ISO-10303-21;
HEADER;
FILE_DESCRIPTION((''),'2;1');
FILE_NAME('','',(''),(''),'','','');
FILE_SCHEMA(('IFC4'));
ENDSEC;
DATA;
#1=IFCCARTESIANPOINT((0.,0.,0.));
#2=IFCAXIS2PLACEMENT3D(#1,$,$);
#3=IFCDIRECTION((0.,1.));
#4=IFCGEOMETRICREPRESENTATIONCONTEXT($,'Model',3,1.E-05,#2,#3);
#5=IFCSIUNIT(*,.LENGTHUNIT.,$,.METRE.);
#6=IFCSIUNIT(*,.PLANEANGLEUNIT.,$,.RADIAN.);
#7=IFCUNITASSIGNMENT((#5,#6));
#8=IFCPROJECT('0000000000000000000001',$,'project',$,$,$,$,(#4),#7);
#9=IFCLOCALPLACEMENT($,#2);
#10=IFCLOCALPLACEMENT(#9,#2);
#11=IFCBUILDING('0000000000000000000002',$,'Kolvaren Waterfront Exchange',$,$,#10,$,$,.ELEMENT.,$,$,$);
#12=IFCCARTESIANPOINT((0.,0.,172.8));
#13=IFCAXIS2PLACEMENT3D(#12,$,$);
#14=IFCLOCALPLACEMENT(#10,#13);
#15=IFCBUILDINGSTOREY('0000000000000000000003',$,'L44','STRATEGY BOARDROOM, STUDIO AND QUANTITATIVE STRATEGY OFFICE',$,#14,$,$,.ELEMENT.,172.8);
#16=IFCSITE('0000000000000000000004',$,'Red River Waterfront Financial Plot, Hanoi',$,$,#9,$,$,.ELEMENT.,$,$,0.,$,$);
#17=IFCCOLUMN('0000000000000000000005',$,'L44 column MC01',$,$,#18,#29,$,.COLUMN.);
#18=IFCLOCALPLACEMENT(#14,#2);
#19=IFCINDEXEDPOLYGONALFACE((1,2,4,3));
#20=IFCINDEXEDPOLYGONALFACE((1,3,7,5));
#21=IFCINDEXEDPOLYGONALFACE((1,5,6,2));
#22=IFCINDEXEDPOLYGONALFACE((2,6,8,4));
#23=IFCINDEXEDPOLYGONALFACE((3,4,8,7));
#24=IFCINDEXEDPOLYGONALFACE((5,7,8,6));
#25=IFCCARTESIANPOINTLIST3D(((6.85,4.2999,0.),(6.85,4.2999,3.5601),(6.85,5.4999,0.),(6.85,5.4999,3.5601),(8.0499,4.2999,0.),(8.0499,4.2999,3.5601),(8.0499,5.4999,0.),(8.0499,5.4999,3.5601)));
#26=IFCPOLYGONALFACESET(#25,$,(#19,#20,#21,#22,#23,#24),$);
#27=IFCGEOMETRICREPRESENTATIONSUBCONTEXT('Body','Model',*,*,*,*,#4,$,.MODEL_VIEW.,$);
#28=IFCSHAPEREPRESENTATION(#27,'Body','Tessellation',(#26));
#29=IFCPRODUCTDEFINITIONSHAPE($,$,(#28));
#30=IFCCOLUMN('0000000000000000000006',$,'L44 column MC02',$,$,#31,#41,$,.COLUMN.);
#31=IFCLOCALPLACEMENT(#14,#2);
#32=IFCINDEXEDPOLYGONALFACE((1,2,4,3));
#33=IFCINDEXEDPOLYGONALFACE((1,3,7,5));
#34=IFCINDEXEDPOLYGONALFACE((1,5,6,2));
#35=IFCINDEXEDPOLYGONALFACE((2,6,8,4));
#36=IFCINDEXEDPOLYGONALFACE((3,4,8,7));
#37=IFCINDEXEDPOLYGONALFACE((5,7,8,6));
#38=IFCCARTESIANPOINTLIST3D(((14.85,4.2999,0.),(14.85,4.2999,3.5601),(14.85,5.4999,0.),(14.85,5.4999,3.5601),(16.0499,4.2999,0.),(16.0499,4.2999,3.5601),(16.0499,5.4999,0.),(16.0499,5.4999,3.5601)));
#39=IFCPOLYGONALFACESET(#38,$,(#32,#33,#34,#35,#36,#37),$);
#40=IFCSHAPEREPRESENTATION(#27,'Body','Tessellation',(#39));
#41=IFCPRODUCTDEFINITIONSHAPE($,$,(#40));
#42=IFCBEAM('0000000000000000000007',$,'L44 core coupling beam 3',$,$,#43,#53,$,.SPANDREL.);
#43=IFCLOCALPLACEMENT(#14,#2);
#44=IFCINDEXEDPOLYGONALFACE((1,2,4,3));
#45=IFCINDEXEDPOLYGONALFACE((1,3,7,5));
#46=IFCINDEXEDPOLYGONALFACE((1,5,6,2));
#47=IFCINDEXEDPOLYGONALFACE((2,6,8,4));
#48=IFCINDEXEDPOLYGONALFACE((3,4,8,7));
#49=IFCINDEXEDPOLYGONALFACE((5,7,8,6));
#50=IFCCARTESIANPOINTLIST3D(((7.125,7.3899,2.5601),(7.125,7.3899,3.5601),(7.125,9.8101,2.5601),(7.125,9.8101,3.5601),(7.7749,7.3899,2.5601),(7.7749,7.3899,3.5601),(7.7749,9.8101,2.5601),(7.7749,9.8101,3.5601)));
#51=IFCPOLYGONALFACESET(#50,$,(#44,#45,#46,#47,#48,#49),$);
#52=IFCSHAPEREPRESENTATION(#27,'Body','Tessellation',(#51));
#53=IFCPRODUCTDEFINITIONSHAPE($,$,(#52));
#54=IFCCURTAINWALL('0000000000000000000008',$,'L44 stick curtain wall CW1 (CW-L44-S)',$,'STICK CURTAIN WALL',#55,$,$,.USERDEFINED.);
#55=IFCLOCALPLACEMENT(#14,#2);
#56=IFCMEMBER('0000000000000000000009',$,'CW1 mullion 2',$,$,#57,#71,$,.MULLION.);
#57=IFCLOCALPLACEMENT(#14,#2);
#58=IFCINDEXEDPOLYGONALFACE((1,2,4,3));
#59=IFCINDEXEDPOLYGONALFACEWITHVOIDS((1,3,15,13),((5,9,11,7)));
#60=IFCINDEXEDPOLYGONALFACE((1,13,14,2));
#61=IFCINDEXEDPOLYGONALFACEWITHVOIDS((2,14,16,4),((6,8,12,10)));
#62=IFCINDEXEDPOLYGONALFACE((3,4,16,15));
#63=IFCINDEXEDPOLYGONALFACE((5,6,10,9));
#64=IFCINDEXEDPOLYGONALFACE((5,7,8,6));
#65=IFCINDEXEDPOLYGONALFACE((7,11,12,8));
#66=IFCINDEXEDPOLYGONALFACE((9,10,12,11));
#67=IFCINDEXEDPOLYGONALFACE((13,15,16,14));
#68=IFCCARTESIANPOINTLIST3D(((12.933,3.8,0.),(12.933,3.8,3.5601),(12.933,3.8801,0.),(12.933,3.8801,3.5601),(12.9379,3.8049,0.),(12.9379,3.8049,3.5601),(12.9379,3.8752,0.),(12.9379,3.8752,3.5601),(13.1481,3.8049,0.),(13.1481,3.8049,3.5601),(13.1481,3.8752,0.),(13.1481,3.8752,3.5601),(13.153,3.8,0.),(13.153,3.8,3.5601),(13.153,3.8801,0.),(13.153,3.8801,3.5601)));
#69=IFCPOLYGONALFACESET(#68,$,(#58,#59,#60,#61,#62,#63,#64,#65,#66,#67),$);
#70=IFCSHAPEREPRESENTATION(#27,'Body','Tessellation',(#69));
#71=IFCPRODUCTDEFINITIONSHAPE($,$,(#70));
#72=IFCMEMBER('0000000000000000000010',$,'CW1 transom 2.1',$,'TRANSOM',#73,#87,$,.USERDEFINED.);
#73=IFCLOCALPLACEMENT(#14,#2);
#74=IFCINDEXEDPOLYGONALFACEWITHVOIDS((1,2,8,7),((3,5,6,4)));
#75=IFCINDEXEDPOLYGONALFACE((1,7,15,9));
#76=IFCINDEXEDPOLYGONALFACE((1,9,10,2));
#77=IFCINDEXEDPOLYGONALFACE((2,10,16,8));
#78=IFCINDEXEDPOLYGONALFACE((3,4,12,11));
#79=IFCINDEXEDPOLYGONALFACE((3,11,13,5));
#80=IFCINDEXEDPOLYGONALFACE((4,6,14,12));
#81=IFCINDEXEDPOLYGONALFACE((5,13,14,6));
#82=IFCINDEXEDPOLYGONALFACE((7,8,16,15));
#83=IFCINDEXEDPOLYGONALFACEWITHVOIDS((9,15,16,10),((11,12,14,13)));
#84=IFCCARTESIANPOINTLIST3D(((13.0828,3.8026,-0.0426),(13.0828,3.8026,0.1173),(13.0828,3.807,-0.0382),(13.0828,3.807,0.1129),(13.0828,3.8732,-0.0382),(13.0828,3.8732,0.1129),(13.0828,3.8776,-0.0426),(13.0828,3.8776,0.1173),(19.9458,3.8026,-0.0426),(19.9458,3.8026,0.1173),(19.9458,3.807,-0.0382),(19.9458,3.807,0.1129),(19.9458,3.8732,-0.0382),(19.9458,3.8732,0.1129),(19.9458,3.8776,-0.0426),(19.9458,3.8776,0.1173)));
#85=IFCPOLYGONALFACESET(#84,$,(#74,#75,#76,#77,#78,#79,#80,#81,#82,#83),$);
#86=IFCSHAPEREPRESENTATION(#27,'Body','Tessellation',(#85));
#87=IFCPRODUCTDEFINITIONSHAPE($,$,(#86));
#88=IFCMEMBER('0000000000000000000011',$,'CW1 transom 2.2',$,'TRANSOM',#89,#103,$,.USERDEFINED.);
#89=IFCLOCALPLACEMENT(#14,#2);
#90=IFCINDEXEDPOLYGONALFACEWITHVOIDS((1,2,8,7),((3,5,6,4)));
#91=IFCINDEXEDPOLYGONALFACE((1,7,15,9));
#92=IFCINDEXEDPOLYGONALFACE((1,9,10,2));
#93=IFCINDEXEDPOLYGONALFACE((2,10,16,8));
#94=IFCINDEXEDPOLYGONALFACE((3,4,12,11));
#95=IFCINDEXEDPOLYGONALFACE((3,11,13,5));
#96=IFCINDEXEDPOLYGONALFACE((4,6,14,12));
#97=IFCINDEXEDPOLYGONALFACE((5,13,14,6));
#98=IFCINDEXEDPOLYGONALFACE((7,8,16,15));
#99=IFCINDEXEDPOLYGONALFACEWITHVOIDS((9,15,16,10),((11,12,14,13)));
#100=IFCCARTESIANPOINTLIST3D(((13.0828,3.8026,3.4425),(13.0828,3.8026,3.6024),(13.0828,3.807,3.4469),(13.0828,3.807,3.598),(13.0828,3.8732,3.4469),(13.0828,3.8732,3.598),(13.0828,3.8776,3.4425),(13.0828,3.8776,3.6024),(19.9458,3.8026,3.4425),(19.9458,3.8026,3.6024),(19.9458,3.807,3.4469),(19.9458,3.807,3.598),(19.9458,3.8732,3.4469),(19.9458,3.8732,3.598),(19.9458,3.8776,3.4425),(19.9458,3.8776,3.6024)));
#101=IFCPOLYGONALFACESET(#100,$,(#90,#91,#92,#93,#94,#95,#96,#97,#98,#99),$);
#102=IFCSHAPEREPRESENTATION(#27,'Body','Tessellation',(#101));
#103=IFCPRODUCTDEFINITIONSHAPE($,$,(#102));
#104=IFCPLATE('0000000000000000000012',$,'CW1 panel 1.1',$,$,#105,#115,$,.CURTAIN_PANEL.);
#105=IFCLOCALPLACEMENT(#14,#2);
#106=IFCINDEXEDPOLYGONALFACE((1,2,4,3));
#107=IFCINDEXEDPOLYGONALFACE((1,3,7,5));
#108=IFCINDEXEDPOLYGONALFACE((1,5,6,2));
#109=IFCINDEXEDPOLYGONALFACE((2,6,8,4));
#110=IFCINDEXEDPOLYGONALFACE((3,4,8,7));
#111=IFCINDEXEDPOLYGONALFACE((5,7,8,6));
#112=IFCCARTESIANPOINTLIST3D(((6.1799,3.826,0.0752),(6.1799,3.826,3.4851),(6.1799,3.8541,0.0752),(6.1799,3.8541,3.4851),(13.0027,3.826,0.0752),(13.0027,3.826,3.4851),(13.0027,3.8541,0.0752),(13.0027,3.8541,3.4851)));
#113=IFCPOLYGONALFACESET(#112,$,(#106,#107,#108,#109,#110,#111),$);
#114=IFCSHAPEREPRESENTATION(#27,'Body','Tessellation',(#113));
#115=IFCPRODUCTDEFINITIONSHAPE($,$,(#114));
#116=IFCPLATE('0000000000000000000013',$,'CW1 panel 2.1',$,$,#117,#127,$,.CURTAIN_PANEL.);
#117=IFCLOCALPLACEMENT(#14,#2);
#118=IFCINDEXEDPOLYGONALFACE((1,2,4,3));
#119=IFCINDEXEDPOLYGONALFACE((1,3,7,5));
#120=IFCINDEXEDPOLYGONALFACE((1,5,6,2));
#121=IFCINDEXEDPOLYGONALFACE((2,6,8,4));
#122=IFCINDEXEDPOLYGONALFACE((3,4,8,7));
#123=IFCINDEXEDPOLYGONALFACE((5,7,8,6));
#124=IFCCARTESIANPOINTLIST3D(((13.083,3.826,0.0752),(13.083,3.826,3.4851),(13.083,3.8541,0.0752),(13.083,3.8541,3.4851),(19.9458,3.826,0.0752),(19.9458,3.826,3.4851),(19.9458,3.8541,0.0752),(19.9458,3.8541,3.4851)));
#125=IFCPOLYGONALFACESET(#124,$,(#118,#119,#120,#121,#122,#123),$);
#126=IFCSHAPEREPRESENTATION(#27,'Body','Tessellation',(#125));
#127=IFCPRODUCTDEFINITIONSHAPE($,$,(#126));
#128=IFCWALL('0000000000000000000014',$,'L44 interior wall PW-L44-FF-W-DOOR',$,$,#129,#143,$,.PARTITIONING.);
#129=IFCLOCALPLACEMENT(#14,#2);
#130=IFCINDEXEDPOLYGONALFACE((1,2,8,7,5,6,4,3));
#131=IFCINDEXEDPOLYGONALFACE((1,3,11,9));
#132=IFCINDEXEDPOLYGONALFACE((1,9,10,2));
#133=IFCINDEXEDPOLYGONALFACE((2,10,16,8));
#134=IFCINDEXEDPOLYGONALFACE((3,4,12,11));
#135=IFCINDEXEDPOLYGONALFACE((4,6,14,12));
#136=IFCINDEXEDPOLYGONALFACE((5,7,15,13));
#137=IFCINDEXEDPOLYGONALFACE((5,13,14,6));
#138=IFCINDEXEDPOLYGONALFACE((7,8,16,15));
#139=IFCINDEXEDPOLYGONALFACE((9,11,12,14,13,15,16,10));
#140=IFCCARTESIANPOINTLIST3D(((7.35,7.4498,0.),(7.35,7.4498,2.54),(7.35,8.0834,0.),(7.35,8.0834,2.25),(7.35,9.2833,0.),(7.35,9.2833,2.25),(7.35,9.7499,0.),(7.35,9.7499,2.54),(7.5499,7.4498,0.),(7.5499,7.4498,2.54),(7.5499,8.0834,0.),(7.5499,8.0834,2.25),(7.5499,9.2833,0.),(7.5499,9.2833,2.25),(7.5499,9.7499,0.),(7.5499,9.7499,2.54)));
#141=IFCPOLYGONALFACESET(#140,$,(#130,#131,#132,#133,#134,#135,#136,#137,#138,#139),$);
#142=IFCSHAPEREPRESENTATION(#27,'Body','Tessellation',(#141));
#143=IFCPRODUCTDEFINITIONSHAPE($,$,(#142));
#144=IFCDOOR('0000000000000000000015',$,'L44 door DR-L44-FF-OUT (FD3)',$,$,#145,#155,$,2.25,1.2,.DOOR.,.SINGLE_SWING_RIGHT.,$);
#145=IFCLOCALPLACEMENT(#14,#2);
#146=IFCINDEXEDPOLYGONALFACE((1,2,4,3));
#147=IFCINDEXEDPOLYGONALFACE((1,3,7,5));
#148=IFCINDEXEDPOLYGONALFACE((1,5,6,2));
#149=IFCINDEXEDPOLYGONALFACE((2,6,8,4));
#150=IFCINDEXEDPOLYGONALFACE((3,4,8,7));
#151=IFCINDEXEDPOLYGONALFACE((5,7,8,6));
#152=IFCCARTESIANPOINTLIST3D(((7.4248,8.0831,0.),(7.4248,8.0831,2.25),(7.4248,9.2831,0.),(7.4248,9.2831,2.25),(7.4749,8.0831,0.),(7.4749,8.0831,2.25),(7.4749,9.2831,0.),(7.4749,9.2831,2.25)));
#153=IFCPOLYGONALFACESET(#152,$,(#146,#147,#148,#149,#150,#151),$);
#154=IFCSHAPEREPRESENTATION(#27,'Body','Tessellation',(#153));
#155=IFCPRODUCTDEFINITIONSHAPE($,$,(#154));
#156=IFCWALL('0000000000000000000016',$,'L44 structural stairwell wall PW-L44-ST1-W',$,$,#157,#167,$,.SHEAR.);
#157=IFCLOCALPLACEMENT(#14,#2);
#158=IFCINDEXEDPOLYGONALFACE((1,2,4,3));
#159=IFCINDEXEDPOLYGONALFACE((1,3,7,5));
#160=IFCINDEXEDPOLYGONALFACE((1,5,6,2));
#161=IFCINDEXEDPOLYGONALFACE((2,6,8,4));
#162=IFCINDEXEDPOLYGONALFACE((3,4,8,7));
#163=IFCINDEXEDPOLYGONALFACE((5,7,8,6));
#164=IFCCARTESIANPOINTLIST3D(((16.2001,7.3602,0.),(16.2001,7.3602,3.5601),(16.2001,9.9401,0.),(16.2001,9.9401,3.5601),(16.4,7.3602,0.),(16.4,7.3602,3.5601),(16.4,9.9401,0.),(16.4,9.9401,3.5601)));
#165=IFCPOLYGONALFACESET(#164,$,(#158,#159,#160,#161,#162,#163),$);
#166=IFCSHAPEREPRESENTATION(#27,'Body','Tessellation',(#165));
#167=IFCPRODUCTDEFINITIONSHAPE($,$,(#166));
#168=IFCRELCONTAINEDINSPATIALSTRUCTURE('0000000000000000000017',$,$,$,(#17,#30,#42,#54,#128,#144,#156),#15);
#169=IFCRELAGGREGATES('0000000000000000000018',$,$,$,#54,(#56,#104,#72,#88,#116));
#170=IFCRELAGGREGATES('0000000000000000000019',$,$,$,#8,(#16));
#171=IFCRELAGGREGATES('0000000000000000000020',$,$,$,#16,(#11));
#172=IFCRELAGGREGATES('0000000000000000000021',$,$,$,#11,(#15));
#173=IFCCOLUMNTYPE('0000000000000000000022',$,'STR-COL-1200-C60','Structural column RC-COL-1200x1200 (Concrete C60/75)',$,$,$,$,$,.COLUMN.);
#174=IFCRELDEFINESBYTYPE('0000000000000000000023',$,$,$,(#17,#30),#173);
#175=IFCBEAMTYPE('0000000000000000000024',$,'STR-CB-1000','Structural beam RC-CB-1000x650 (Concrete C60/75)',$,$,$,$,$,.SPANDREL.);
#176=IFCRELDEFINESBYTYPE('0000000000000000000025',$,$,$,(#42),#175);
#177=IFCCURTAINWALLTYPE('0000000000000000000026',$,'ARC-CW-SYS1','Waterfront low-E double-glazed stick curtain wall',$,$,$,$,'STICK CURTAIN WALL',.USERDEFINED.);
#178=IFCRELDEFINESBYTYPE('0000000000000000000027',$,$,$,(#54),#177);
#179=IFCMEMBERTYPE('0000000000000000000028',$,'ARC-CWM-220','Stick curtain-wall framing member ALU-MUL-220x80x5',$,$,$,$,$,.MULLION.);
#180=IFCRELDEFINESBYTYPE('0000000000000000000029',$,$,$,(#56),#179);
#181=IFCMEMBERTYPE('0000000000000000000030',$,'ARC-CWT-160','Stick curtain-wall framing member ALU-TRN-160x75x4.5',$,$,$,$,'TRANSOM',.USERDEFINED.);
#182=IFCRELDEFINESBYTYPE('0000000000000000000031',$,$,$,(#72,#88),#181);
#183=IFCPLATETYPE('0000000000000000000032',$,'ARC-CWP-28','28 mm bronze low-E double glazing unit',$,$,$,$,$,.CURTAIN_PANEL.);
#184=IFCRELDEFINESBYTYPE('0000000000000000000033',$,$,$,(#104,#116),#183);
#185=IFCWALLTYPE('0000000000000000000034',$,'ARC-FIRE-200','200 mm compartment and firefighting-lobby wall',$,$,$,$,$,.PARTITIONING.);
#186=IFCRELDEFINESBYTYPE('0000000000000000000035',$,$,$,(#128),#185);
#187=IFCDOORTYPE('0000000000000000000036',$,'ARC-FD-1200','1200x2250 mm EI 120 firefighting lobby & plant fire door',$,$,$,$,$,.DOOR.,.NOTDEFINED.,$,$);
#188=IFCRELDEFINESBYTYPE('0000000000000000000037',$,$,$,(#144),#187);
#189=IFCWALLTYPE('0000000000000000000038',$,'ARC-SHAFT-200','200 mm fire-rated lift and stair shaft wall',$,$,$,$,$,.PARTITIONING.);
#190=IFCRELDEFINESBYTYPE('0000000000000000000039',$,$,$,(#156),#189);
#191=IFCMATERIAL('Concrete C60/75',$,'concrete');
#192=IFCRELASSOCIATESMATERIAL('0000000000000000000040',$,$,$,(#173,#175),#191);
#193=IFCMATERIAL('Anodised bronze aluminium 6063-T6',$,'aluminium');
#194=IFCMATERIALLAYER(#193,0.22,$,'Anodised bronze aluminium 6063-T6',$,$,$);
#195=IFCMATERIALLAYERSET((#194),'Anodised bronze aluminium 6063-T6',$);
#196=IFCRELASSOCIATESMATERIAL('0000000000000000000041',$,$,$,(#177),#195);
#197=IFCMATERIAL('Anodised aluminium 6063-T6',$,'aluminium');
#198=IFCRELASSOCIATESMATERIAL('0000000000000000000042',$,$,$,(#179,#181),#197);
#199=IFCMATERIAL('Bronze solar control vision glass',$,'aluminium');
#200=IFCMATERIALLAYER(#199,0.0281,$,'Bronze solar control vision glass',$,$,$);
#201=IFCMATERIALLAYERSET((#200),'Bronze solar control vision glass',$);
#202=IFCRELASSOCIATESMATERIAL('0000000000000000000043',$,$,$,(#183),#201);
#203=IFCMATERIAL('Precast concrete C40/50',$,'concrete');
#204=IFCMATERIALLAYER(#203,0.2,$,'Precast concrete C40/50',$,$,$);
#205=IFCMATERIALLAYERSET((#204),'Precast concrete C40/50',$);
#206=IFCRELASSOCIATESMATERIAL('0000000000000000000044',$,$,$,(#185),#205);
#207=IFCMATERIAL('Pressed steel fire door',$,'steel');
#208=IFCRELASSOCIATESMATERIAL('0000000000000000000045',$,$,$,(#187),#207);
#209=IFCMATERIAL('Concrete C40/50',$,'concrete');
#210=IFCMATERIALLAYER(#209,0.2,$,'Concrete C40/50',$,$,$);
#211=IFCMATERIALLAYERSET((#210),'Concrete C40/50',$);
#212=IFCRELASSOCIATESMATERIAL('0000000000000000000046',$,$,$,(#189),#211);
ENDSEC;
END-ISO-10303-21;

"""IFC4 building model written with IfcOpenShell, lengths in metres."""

from ifc_helpers import new_model, si_unit, direction, frame, frame_2d, origin, origin_with_axes, origin_2d, place, context, subcontext, project, spatial, rectangle, hollow_rectangle, extrude, source, transform, mapped, material, layer, layer_set, material_profile, profile_set, type_object, element, fill, aggregate, save


model = new_model("IFC4")

# Units and contexts
model_context = context("Model", 3, precision=1e-05, world=origin(), true_north=direction((0.0, 1.0)))
body_context = subcontext(model_context, "Body", "Model", "MODEL_VIEW")
ifc_project = project(units=[si_unit("LENGTHUNIT", "METRE"), si_unit("PLANEANGLEUNIT", "RADIAN")], contexts=[model_context])

# Site, building, storey
site_placement = place(None, origin())
site = spatial("IfcSite", under=ifc_project, at=site_placement, Name="Red River Waterfront Financial Plot, Hanoi", CompositionType="ELEMENT", RefElevation=0.0)
building_placement = place(site_placement, origin())
building = spatial("IfcBuilding", under=site, at=building_placement, Name="Kolvaren Waterfront Exchange", CompositionType="ELEMENT")
storey_placement = place(building_placement, frame((0.0, 0.0, 172.8)))
storey = spatial("IfcBuildingStorey", under=building, at=storey_placement, Name="L44", Description="STRATEGY BOARDROOM, STUDIO AND QUANTITATIVE STRATEGY OFFICE", CompositionType="ELEMENT", Elevation=172.8)

# Columns
ifc_material_1 = material(Name="Concrete C60/75", Category="concrete")
ifc_material_profile_1 = material_profile(ifc_material_1, rectangle(XDim=1.2, YDim=1.2, at=origin_2d()), Name="RC-COL-1200x1200")
ifc_profile_set_1 = profile_set([ifc_material_profile_1], Name="Concrete C60/75")
column_type = type_object("IfcColumnType", Name="STR-COL-1200-C60", Description="Structural column RC-COL-1200x1200 (Concrete C60/75)", PredefinedType="COLUMN", material=ifc_profile_set_1)
for number, where, z_axis, x_axis, name in (
    (1, (7.45, 4.8999, 0.0), (0.0, 0.0, 1.0), (1.0, 0.0, 0.0), "L44 column MC01"),
    (2, (15.45, 4.8999, 0.0), (0.0, 0.0, 1.0), (1.0, 0.0, 0.0), "L44 column MC02"),
):
    element("IfcColumn", number, at=place(storey_placement, frame(where, z_axis=z_axis, x_axis=x_axis)), inside=storey, type_object=column_type, Name=name, PredefinedType="COLUMN", context=body_context, shape_type="SweptSolid", body=[
        extrude(rectangle(XDim=1.2, YDim=1.2, at=origin_2d()), origin(), (0.0, 0.0, 1.0), 3.5601),
    ])

# Beam
ifc_material_profile_2 = material_profile(ifc_material_1, rectangle(XDim=0.6499, YDim=1.0, at=origin_2d()), Name="RC-CB-1000x650")
ifc_profile_set_2 = profile_set([ifc_material_profile_2], Name="Concrete C60/75")
beam_type = type_object("IfcBeamType", Name="STR-CB-1000", Description="Structural beam RC-CB-1000x650 (Concrete C60/75)", PredefinedType="SPANDREL", material=ifc_profile_set_2)
beam_placement = place(storey_placement, frame((7.45, 7.3899, 3.0601), z_axis=(0.0, 1.0, 0.0), x_axis=(-1.0, 0.0, 0.0)))
element("IfcBeam", 3, at=beam_placement, inside=storey, type_object=beam_type, Name="L44 core coupling beam 3", PredefinedType="SPANDREL", context=body_context, shape_type="SweptSolid", body=[
    extrude(rectangle(XDim=0.6499, YDim=1.0, at=origin_2d()), origin(), (0.0, 0.0, 1.0), 2.4202),
])

# Curtain wall, members, plates
ifc_material_2 = material(Name="Anodised bronze aluminium 6063-T6", Category="aluminium")
ifc_layer_1 = layer(ifc_material_2, 0.22, Name="Anodised bronze aluminium 6063-T6")
ifc_layer_set_1 = layer_set([ifc_layer_1], Name="Anodised bronze aluminium 6063-T6")
curtain_wall_type = type_object("IfcCurtainWallType", Name="ARC-CW-SYS1", Description="Waterfront low-E double-glazed stick curtain wall", ElementType="STICK CURTAIN WALL", PredefinedType="USERDEFINED", material=ifc_layer_set_1)
curtain_wall_placement = place(storey_placement, origin())
curtain_wall = element("IfcCurtainWall", 4, at=curtain_wall_placement, inside=storey, type_object=curtain_wall_type, Name="L44 stick curtain wall CW1 (CW-L44-S)", ObjectType="STICK CURTAIN WALL", PredefinedType="USERDEFINED")
ifc_material_3 = material(Name="Anodised aluminium 6063-T6", Category="aluminium")
ifc_material_profile_3 = material_profile(ifc_material_3, hollow_rectangle(XDim=0.0801, YDim=0.22, WallThickness=0.0049, at=origin_2d()), Name="ALU-MUL-220x80x5")
ifc_profile_set_3 = profile_set([ifc_material_profile_3], Name="Anodised aluminium 6063-T6")
member_type_1 = type_object("IfcMemberType", Name="ARC-CWM-220", Description="Stick curtain-wall framing member ALU-MUL-220x80x5", PredefinedType="MULLION", material=ifc_profile_set_3)
shared_shape_1 = source(origin_with_axes(), body_context, "Body", "SweptSolid", [
    extrude(hollow_rectangle(XDim=0.0801, YDim=0.22, WallThickness=0.0049, at=origin_2d()), origin(), (0.0, 0.0, 1.0), 3.5601),
])
member_1_placement = place(storey_placement, frame((13.043, 3.8401, 0.0), z_axis=(0.0, 0.0, 1.0), x_axis=(0.0, 1.0, 0.0)))
member_1 = element("IfcMember", 5, at=member_1_placement, type_object=member_type_1, Name="CW1 mullion 2", PredefinedType="MULLION", context=body_context, shape_type="MappedRepresentation", body=[
    mapped(shared_shape_1, transform((0.0, 0.0, 0.0), x_axis=(1.0, 0.0, 0.0), y_axis=(0.0, 1.0, 0.0), z_axis=(0.0, 0.0, 1.0), scale=1.0)),
])
ifc_material_profile_4 = material_profile(ifc_material_3, hollow_rectangle(XDim=0.075, YDim=0.1599, WallThickness=0.0044, at=origin_2d()), Name="ALU-TRN-160x75x4.5")
ifc_profile_set_4 = profile_set([ifc_material_profile_4], Name="Anodised aluminium 6063-T6")
member_type_2 = type_object("IfcMemberType", Name="ARC-CWT-160", Description="Stick curtain-wall framing member ALU-TRN-160x75x4.5", ElementType="TRANSOM", PredefinedType="USERDEFINED", material=ifc_profile_set_4)
shared_shape_2 = source(origin_with_axes(), body_context, "Body", "SweptSolid", [
    extrude(hollow_rectangle(XDim=0.075, YDim=0.1599, WallThickness=0.0044, at=origin_2d()), origin(), (0.0, 0.0, 1.0), 6.863),
])
member_2_placement = place(storey_placement, frame((13.0828, 3.8401, 0.0374), z_axis=(1.0, 0.0, 0.0), x_axis=(0.0, 1.0, 0.0)))
member_2 = element("IfcMember", 6, at=member_2_placement, type_object=member_type_2, Name="CW1 transom 2.1", ObjectType="TRANSOM", PredefinedType="USERDEFINED", context=body_context, shape_type="MappedRepresentation", body=[
    mapped(shared_shape_2, transform((0.0, 0.0, 0.0), x_axis=(1.0, 0.0, 0.0), y_axis=(0.0, 1.0, 0.0), z_axis=(0.0, 0.0, 1.0), scale=1.0)),
])
member_3_placement = place(storey_placement, frame((13.0828, 3.8401, 3.5225), z_axis=(1.0, 0.0, 0.0), x_axis=(0.0, 1.0, 0.0)))
member_3 = element("IfcMember", 7, at=member_3_placement, type_object=member_type_2, Name="CW1 transom 2.2", ObjectType="TRANSOM", PredefinedType="USERDEFINED", context=body_context, shape_type="MappedRepresentation", body=[
    mapped(shared_shape_2, transform((0.0, 0.0, 0.0), x_axis=(1.0, 0.0, 0.0), y_axis=(0.0, 1.0, 0.0), z_axis=(0.0, 0.0, 1.0), scale=1.0)),
])
ifc_material_4 = material(Name="Bronze solar control vision glass", Category="aluminium")
ifc_layer_2 = layer(ifc_material_4, 0.0281, Name="Bronze solar control vision glass")
ifc_layer_set_2 = layer_set([ifc_layer_2], Name="Bronze solar control vision glass")
plate_type = type_object("IfcPlateType", Name="ARC-CWP-28", Description="28 mm bronze low-E double glazing unit", PredefinedType="CURTAIN_PANEL", material=ifc_layer_set_2)
shared_shape_3 = source(origin_with_axes(), body_context, "Body", "SweptSolid", [
    extrude(rectangle(XDim=6.8228, YDim=0.0281, at=origin_2d()), origin(), (0.0, 0.0, 1.0), 3.4099),
])
plate_1_placement = place(storey_placement, frame((9.5913, 3.8401, 0.0752), z_axis=(0.0, 0.0, 1.0), x_axis=(1.0, 0.0, 0.0)))
plate_1 = element("IfcPlate", 8, at=plate_1_placement, type_object=plate_type, Name="CW1 panel 1.1", PredefinedType="CURTAIN_PANEL", context=body_context, shape_type="MappedRepresentation", body=[
    mapped(shared_shape_3, transform((0.0, 0.0, 0.0), x_axis=(1.0, 0.0, 0.0), y_axis=(0.0, 1.0, 0.0), z_axis=(0.0, 0.0, 1.0), scale=1.0)),
])
shared_shape_4 = source(origin_with_axes(), body_context, "Body", "SweptSolid", [
    extrude(rectangle(XDim=6.8628, YDim=0.0281, at=origin_2d()), origin(), (0.0, 0.0, 1.0), 3.4099),
])
plate_2_placement = place(storey_placement, frame((16.5144, 3.8401, 0.0752), z_axis=(0.0, 0.0, 1.0), x_axis=(1.0, 0.0, 0.0)))
plate_2 = element("IfcPlate", 9, at=plate_2_placement, type_object=plate_type, Name="CW1 panel 2.1", PredefinedType="CURTAIN_PANEL", context=body_context, shape_type="MappedRepresentation", body=[
    mapped(shared_shape_4, transform((0.0, 0.0, 0.0), x_axis=(1.0, 0.0, 0.0), y_axis=(0.0, 1.0, 0.0), z_axis=(0.0, 0.0, 1.0), scale=1.0)),
])
aggregate(curtain_wall, [member_1, plate_1, member_2, member_3, plate_2])

# Wall, opening, door
ifc_material_5 = material(Name="Precast concrete C40/50", Category="concrete")
ifc_layer_3 = layer(ifc_material_5, 0.2, Name="Precast concrete C40/50")
ifc_layer_set_3 = layer_set([ifc_layer_3], Name="Precast concrete C40/50")
wall_type_1 = type_object("IfcWallType", Name="ARC-FIRE-200", Description="200 mm compartment and firefighting-lobby wall", PredefinedType="PARTITIONING", material=ifc_layer_set_3)
wall_1_placement = place(storey_placement, frame((7.45, 7.45, 0.0), z_axis=(0.0, 0.0, 1.0), x_axis=(0.0, 1.0, 0.0)))
wall_1 = element("IfcWall", 10, at=wall_1_placement, inside=storey, type_object=wall_type_1, Name="L44 interior wall PW-L44-FF-W-DOOR", PredefinedType="PARTITIONING", context=body_context, shape_type="SweptSolid", body=[
    extrude(rectangle(XDim=2.3, YDim=0.2, at=frame_2d((1.1499, 0.0))), origin(), (0.0, 0.0, 1.0), 2.54),
])
opening_1_placement = place(wall_1_placement, frame((0.6333, 0.0, 0.0)))
opening_1 = element("IfcOpeningElement", 11, at=opening_1_placement, cuts=wall_1, PredefinedType="OPENING", context=body_context, shape_type="SweptSolid", body=[
    extrude(rectangle(XDim=1.2, YDim=2.25, at=frame_2d((0.6001, 1.125))), frame((0.0, 0.1099, 0.0), z_axis=(0.0, -1.0, 0.0), x_axis=(1.0, 0.0, 0.0)), (0.0, 0.0, 1.0), 0.22),
])
ifc_material_6 = material(Name="Pressed steel fire door", Category="steel")
door_type_1 = type_object("IfcDoorType", Name="ARC-FD-1200", Description="1200x2250 mm EI 120 firefighting lobby & plant fire door", OperationType="NOTDEFINED", PredefinedType="DOOR", material=ifc_material_6)
door_1_placement = place(opening_1_placement, frame((1.2, 0.0, 0.0), z_axis=(0.0, 0.0, 1.0), x_axis=(-1.0, 0.0, 0.0)))
door_1 = element("IfcDoor", 12, at=door_1_placement, inside=storey, type_object=door_type_1, Name="L44 door DR-L44-FF-OUT (FD3)", OperationType="SINGLE_SWING_RIGHT", OverallHeight=2.25, OverallWidth=1.2, PredefinedType="DOOR", context=body_context, shape_type="SweptSolid", body=[
    extrude(rectangle(XDim=1.2, YDim=2.25, at=frame_2d((0.6001, 1.125))), frame((0.0, 0.0249, 0.0), z_axis=(0.0, -1.0, 0.0), x_axis=(1.0, 0.0, 0.0)), (0.0, 0.0, 1.0), 0.05),
])
fill(opening_1, door_1)

# Wall
ifc_material_7 = material(Name="Concrete C40/50", Category="concrete")
ifc_layer_4 = layer(ifc_material_7, 0.2, Name="Concrete C40/50")
ifc_layer_set_4 = layer_set([ifc_layer_4], Name="Concrete C40/50")
wall_type_2 = type_object("IfcWallType", Name="ARC-SHAFT-200", Description="200 mm fire-rated lift and stair shaft wall", PredefinedType="PARTITIONING", material=ifc_layer_set_4)
wall_2_placement = place(storey_placement, frame((16.3, 7.3601, 0.0), z_axis=(0.0, 0.0, 1.0), x_axis=(0.0, 1.0, 0.0)))
element("IfcWall", 13, at=wall_2_placement, inside=storey, type_object=wall_type_2, Name="L44 structural stairwell wall PW-L44-ST1-W", PredefinedType="SHEAR", context=body_context, shape_type="SweptSolid", body=[
    extrude(rectangle(XDim=2.5798, YDim=0.2, at=frame_2d((1.29, 0.0))), origin(), (0.0, 0.0, 1.0), 3.5601),
])

save(model, "model.ifc")
